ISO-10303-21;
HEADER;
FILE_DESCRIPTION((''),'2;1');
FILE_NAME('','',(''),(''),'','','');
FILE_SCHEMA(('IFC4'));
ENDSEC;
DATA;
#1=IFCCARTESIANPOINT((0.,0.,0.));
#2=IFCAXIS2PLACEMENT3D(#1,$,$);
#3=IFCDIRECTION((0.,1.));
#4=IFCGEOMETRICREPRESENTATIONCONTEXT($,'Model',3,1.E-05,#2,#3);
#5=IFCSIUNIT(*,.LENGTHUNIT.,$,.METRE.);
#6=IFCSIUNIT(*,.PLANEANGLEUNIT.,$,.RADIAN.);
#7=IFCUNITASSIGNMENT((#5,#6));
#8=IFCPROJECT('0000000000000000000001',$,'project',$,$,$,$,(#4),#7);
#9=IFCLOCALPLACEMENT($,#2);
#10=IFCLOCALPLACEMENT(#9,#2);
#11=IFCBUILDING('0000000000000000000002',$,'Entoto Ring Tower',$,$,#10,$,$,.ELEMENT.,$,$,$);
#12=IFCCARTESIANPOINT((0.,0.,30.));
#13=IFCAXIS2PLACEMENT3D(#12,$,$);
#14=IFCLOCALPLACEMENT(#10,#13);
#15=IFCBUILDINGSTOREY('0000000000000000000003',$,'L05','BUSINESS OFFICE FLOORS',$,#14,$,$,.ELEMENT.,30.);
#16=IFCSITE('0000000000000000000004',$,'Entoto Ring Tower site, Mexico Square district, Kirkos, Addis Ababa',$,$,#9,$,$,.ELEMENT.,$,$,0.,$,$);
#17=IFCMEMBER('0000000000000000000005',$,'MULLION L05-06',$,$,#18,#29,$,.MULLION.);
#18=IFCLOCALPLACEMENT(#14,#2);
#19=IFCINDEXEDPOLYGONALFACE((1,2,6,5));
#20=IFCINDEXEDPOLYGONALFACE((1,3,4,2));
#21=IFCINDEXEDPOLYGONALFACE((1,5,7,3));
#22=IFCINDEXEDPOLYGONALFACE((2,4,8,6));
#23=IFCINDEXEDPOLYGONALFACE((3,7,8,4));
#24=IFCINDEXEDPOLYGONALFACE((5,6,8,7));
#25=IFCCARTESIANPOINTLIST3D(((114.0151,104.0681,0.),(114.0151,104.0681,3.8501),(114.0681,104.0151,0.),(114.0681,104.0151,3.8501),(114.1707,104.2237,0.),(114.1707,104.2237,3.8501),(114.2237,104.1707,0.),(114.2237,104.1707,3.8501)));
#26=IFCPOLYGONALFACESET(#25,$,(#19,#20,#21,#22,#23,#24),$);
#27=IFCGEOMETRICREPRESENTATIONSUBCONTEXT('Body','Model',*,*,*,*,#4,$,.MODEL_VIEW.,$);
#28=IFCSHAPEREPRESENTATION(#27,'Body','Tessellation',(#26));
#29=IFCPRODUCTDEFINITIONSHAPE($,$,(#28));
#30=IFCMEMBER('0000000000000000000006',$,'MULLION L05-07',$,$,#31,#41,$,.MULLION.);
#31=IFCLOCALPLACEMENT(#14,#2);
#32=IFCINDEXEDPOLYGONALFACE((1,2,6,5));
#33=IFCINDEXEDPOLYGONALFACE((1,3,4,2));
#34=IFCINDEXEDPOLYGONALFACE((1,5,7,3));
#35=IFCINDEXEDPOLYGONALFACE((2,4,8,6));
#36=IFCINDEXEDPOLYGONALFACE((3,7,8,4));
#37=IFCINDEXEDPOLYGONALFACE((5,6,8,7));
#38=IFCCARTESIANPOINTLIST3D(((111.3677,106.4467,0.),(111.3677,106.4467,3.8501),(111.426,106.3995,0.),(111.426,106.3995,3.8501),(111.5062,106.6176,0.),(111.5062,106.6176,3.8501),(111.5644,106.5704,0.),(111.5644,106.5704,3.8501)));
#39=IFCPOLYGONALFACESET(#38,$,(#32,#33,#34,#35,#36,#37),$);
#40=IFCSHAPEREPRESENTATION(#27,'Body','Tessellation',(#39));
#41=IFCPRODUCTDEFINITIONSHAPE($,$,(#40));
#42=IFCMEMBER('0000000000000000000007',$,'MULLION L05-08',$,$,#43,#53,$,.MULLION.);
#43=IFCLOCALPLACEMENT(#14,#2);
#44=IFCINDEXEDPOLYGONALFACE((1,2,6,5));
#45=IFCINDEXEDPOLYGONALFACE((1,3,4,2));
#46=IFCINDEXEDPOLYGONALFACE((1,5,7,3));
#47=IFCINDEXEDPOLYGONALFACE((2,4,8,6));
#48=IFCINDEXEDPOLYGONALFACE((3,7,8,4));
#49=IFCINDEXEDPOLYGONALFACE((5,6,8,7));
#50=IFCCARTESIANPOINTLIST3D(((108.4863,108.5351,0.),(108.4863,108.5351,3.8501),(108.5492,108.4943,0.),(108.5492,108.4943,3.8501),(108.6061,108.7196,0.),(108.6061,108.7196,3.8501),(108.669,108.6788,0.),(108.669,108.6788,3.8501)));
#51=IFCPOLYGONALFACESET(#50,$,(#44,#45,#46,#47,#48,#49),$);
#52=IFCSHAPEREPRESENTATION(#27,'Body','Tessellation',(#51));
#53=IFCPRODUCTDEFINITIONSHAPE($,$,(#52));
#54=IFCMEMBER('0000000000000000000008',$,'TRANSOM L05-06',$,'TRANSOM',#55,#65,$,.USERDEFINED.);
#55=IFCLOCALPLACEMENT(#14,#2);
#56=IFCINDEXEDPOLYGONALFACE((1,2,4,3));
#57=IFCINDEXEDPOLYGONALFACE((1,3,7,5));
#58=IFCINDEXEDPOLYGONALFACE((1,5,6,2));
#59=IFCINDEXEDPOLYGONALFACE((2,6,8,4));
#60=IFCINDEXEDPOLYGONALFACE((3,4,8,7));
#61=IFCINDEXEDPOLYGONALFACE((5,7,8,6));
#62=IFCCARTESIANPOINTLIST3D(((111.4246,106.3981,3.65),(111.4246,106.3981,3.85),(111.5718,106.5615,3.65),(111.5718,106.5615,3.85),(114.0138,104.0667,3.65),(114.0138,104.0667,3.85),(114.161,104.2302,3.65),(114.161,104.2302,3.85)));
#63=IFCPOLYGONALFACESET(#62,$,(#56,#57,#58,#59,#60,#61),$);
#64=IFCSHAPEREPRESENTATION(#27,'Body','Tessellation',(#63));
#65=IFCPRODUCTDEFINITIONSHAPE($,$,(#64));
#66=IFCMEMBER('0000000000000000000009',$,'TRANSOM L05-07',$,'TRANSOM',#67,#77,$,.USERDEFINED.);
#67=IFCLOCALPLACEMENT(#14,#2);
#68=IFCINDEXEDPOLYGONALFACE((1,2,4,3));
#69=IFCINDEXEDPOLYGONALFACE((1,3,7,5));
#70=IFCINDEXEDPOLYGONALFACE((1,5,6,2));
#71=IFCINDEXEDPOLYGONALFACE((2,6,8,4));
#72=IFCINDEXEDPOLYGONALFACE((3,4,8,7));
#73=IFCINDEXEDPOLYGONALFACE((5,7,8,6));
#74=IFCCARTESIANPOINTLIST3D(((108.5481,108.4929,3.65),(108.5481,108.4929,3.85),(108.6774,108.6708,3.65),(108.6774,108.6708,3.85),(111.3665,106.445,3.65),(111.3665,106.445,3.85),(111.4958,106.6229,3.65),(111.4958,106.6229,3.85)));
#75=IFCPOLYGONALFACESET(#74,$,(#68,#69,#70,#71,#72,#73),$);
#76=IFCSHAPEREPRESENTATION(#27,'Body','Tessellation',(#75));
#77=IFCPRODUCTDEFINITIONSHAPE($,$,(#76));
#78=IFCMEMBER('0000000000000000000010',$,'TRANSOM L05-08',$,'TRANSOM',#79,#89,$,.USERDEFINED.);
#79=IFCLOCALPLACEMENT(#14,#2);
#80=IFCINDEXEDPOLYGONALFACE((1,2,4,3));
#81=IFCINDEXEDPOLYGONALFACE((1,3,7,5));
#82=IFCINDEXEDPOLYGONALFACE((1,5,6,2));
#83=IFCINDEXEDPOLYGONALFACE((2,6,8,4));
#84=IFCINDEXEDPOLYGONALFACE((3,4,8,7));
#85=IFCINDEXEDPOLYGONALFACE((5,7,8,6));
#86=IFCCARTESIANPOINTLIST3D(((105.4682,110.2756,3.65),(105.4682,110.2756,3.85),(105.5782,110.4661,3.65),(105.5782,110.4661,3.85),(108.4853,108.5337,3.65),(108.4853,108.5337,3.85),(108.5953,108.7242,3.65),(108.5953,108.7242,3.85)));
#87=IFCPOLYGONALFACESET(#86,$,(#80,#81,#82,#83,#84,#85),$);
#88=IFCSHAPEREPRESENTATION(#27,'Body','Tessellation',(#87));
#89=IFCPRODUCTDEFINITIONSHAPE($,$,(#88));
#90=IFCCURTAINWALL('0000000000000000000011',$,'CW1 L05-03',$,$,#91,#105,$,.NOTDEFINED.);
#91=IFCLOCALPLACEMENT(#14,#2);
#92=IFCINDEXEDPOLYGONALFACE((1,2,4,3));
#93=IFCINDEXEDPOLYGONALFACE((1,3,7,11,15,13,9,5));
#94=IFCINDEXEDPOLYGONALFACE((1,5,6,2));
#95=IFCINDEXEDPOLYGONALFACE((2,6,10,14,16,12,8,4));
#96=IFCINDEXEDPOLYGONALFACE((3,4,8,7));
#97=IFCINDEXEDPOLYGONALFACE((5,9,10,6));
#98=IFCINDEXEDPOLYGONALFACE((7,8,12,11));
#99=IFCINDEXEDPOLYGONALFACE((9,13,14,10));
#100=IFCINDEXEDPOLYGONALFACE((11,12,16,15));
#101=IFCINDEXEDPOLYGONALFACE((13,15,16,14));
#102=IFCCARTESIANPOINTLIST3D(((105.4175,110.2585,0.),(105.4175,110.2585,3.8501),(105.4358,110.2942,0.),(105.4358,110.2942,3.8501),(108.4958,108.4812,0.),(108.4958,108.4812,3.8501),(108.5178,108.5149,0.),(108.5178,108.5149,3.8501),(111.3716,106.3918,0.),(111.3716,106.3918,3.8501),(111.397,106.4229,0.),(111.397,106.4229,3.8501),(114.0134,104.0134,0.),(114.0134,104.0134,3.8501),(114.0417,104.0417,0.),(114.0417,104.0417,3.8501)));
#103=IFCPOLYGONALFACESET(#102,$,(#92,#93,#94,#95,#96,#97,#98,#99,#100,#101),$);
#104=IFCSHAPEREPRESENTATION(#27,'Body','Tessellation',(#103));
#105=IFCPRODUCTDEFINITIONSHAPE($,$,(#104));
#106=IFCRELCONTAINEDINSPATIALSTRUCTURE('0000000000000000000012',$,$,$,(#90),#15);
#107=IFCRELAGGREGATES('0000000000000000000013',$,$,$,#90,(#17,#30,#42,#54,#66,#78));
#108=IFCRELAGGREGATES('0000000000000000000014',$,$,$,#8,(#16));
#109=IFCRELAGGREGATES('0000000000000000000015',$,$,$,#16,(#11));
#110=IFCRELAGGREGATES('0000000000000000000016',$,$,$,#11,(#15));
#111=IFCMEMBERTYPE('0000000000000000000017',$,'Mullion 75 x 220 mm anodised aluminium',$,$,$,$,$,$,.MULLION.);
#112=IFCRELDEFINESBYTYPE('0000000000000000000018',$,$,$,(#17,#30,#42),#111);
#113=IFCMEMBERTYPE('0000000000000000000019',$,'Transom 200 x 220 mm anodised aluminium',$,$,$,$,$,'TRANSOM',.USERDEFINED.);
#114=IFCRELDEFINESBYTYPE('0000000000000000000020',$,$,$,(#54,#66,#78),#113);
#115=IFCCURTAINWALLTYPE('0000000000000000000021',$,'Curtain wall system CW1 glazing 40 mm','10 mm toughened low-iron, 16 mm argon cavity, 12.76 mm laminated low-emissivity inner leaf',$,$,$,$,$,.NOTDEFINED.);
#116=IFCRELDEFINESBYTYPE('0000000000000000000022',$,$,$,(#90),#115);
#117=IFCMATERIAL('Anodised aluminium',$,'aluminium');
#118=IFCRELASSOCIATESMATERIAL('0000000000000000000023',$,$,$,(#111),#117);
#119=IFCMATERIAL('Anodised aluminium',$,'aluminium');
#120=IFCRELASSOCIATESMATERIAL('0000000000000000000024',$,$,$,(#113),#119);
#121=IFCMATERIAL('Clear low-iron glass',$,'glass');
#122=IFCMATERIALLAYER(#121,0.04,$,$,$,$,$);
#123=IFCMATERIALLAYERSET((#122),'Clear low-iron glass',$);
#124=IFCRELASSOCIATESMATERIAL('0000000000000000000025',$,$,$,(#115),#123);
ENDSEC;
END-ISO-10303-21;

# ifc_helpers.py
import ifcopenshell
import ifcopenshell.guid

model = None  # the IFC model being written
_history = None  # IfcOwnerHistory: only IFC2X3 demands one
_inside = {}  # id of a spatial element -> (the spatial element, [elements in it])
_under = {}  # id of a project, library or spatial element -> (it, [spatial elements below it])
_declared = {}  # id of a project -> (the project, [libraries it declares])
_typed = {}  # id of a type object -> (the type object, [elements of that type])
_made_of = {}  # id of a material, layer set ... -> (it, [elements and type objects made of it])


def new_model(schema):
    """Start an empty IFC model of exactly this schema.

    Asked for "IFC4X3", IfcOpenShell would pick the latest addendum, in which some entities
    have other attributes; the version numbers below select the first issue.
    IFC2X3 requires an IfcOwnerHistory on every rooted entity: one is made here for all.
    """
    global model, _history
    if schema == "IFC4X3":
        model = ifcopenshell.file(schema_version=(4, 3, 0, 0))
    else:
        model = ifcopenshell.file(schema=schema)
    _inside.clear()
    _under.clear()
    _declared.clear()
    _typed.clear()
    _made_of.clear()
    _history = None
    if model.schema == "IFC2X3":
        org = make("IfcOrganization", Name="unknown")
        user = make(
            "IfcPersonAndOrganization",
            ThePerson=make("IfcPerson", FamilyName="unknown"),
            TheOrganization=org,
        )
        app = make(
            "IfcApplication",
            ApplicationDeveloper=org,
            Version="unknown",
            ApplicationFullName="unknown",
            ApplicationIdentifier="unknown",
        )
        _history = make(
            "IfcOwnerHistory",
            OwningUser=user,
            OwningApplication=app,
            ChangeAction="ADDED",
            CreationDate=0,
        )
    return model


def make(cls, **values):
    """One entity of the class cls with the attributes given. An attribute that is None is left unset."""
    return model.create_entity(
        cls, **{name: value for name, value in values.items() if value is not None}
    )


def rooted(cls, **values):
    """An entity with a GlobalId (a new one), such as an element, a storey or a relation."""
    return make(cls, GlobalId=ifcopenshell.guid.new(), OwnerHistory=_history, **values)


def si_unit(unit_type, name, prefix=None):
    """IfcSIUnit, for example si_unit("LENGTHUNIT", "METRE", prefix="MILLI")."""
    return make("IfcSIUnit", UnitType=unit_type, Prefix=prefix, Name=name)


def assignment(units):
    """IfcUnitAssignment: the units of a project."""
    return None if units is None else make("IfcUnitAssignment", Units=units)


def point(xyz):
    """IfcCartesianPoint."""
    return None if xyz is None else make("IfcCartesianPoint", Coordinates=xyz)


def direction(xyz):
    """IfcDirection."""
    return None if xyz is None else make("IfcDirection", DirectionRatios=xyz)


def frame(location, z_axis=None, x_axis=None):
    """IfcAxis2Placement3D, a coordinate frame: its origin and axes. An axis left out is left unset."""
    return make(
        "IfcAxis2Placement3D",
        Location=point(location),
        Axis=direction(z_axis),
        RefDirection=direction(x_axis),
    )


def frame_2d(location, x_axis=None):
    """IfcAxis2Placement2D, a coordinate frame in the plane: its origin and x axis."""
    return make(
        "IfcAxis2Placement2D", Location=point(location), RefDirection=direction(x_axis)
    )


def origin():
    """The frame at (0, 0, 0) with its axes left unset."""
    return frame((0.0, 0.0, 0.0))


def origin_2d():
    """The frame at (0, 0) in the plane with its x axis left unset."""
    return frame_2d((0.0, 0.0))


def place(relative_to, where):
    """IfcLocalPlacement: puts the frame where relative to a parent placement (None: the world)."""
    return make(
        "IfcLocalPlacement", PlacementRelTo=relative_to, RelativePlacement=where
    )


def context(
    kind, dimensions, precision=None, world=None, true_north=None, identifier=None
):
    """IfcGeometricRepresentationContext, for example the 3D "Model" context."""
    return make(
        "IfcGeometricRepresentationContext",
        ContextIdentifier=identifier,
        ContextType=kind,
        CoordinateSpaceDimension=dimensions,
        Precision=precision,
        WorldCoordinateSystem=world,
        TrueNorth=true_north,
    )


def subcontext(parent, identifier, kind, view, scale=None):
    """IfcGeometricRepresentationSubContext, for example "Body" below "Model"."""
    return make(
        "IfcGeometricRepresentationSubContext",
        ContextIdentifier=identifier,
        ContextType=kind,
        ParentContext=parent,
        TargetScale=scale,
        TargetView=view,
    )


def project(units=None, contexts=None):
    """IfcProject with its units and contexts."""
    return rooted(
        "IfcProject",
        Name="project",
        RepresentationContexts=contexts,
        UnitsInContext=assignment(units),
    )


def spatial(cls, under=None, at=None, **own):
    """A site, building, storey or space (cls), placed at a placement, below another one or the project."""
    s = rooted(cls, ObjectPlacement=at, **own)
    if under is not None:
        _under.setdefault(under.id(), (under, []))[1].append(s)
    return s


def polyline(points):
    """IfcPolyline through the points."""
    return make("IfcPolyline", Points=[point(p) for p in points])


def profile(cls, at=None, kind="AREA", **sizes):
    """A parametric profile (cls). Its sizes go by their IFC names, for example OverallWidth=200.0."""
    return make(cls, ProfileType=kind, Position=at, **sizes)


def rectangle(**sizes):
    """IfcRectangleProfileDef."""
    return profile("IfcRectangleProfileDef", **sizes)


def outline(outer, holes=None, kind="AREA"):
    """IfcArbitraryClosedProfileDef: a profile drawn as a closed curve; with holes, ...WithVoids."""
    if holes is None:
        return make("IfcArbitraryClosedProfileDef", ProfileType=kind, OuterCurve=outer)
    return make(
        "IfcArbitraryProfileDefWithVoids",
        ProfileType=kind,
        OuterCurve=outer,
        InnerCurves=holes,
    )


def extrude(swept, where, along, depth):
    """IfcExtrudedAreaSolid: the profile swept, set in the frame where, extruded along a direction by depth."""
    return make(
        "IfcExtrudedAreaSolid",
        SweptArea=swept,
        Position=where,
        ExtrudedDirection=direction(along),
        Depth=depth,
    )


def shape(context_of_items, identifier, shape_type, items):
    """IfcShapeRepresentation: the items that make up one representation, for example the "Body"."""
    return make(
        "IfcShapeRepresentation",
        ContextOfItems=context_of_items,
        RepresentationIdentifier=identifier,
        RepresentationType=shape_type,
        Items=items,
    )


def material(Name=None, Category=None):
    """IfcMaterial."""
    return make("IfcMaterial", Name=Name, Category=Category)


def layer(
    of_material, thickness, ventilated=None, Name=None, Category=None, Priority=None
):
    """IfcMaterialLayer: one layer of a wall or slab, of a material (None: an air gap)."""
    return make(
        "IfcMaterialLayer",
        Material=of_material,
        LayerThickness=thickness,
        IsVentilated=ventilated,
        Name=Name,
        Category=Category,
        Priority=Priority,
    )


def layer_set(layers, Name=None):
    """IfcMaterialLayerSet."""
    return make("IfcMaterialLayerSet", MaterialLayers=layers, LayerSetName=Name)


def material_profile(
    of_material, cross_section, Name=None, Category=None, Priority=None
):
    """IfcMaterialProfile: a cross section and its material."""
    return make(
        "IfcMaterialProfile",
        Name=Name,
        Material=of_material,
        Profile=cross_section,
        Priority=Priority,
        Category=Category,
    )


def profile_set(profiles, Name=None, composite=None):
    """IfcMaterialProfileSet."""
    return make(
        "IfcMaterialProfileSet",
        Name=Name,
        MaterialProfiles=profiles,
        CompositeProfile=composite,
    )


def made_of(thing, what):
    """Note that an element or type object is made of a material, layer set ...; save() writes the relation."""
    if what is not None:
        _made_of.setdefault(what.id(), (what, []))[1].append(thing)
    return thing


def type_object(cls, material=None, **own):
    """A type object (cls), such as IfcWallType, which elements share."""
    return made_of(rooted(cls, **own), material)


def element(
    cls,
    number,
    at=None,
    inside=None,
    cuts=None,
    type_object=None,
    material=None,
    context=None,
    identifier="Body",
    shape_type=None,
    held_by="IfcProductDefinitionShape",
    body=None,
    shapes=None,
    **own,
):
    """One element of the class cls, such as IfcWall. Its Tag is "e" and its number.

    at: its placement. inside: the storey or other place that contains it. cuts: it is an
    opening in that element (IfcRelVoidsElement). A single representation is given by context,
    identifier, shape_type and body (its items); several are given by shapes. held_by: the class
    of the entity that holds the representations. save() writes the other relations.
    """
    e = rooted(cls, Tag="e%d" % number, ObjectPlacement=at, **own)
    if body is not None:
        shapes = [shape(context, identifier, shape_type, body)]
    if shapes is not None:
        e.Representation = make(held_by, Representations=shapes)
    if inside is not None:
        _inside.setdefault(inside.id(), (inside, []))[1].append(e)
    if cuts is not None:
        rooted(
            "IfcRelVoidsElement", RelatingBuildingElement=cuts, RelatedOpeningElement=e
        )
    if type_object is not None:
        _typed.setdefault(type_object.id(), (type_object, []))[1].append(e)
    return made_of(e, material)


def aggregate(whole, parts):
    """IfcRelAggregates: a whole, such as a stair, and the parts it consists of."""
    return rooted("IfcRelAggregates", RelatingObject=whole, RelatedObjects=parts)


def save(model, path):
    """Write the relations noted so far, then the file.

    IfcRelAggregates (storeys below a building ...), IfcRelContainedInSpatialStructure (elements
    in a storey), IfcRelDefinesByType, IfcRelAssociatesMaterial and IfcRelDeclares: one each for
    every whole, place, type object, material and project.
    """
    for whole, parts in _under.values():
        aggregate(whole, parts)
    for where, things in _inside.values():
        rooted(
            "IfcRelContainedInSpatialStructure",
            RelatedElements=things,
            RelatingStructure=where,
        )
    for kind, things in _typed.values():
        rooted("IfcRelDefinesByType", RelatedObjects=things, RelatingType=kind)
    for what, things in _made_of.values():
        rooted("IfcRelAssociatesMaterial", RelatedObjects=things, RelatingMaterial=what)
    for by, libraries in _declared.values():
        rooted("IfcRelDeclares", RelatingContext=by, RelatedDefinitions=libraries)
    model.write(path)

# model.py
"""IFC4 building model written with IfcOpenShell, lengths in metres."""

from ifc_helpers import new_model, si_unit, direction, frame, origin, origin_2d, place, context, subcontext, project, spatial, polyline, rectangle, outline, extrude, material, layer, layer_set, material_profile, profile_set, type_object, element, aggregate, save


model = new_model("IFC4")

# Units and contexts
model_context = context("Model", 3, precision=1e-05, world=origin(), true_north=direction((0.0, 1.0)))
body_context = subcontext(model_context, "Body", "Model", "MODEL_VIEW")
ifc_project = project(units=[si_unit("LENGTHUNIT", "METRE"), si_unit("PLANEANGLEUNIT", "RADIAN")], contexts=[model_context])

# Members
ifc_material_1 = material(Name="Anodised aluminium", Category="aluminium")
ifc_material_profile_1 = material_profile(ifc_material_1, rectangle(XDim=0.075, YDim=0.22, at=origin_2d()), Name="Mullion 75 x 220 mm anodised aluminium")
ifc_profile_set_1 = profile_set([ifc_material_profile_1], Name="Anodised aluminium")
member_type_1 = type_object("IfcMemberType", Name="Mullion 75 x 220 mm anodised aluminium", PredefinedType="MULLION", material=ifc_profile_set_1)
site_placement = place(None, origin())
building_placement = place(site_placement, origin())
storey_placement = place(building_placement, frame((0.0, 0.0, 30.0)))
member_1_placement = place(storey_placement, frame((114.1194, 104.1194, 0.0), z_axis=(0.0, 0.0, 1.0), x_axis=(-0.707107, 0.707107, 0.0)))
member_1 = element("IfcMember", 1, at=member_1_placement, type_object=member_type_1, Name="MULLION L05-06", PredefinedType="MULLION", context=body_context, shape_type="SweptSolid", body=[
    extrude(rectangle(XDim=0.075, YDim=0.22, at=origin_2d()), origin(), (0.0, 0.0, 1.0), 3.8501),
])
member_2_placement = place(storey_placement, frame((111.4661, 106.5085, 0.0), z_axis=(0.0, 0.0, 1.0), x_axis=(-0.777146, 0.62932, 0.0)))
member_2 = element("IfcMember", 2, at=member_2_placement, type_object=member_type_1, Name="MULLION L05-07", PredefinedType="MULLION", context=body_context, shape_type="SweptSolid", body=[
    extrude(rectangle(XDim=0.075, YDim=0.22, at=origin_2d()), origin(), (0.0, 0.0, 1.0), 3.8501),
])
member_3_placement = place(storey_placement, frame((108.5776, 108.6069, 0.0), z_axis=(0.0, 0.0, 1.0), x_axis=(-0.838671, 0.544639, 0.0)))
member_3 = element("IfcMember", 3, at=member_3_placement, type_object=member_type_1, Name="MULLION L05-08", PredefinedType="MULLION", context=body_context, shape_type="SweptSolid", body=[
    extrude(rectangle(XDim=0.075, YDim=0.22, at=origin_2d()), origin(), (0.0, 0.0, 1.0), 3.8501),
])
ifc_material_2 = material(Name="Anodised aluminium", Category="aluminium")
ifc_material_profile_2 = material_profile(ifc_material_2, rectangle(XDim=0.22, YDim=0.2, at=origin_2d()), Name="Transom 200 x 220 mm anodised aluminium")
ifc_profile_set_2 = profile_set([ifc_material_profile_2], Name="Anodised aluminium")
member_type_2 = type_object("IfcMemberType", Name="Transom 200 x 220 mm anodised aluminium", ElementType="TRANSOM", PredefinedType="USERDEFINED", material=ifc_profile_set_2)
member_4_placement = place(storey_placement, frame((114.0874, 104.1484, 3.75), z_axis=(-0.743137, 0.669139, 0.0), x_axis=(-0.669139, -0.743137, 0.0)))
member_4 = element("IfcMember", 4, at=member_4_placement, type_object=member_type_2, Name="TRANSOM L05-06", ObjectType="TRANSOM", PredefinedType="USERDEFINED", context=body_context, shape_type="SweptSolid", body=[
    extrude(rectangle(XDim=0.22, YDim=0.2, at=origin_2d()), origin(), (0.0, 0.0, 1.0), 3.4841),
])
member_5_placement = place(storey_placement, frame((111.4312, 106.5339, 3.75), z_axis=(-0.808991, 0.587822, 0.0), x_axis=(-0.587822, -0.808991, 0.0)))
member_5 = element("IfcMember", 5, at=member_5_placement, type_object=member_type_2, Name="TRANSOM L05-07", ObjectType="TRANSOM", PredefinedType="USERDEFINED", context=body_context, shape_type="SweptSolid", body=[
    extrude(rectangle(XDim=0.22, YDim=0.2, at=origin_2d()), origin(), (0.0, 0.0, 1.0), 3.4839),
])
member_6_placement = place(storey_placement, frame((108.5403, 108.6289, 3.75), z_axis=(-0.866022, 0.500006, 0.0), x_axis=(-0.500006, -0.866022, 0.0)))
member_6 = element("IfcMember", 6, at=member_6_placement, type_object=member_type_2, Name="TRANSOM L05-08", ObjectType="TRANSOM", PredefinedType="USERDEFINED", context=body_context, shape_type="SweptSolid", body=[
    extrude(rectangle(XDim=0.22, YDim=0.2, at=origin_2d()), origin(), (0.0, 0.0, 1.0), 3.4839),
])

# Site, building, storey
site = spatial("IfcSite", under=ifc_project, at=site_placement, Name="Entoto Ring Tower site, Mexico Square district, Kirkos, Addis Ababa", CompositionType="ELEMENT", RefElevation=0.0)
building = spatial("IfcBuilding", under=site, at=building_placement, Name="Entoto Ring Tower", CompositionType="ELEMENT")
storey = spatial("IfcBuildingStorey", under=building, at=storey_placement, Name="L05", Description="BUSINESS OFFICE FLOORS", CompositionType="ELEMENT", Elevation=30.0)

# Curtain wall
ifc_material_3 = material(Name="Clear low-iron glass", Category="glass")
ifc_layer = layer(ifc_material_3, 0.04)
ifc_layer_set = layer_set([ifc_layer], Name="Clear low-iron glass")
curtain_wall_type = type_object("IfcCurtainWallType", Name="Curtain wall system CW1 glazing 40 mm", Description="10 mm toughened low-iron, 16 mm argon cavity, 12.76 mm laminated low-emissivity inner leaf", PredefinedType="NOTDEFINED", material=ifc_layer_set)
curtain_wall_1_placement = place(storey_placement, origin())
curtain_wall_1 = element("IfcCurtainWall", 7, at=curtain_wall_1_placement, inside=storey, type_object=curtain_wall_type, Name="CW1 L05-03", PredefinedType="NOTDEFINED", context=body_context, shape_type="SweptSolid", body=[
    extrude(outline(polyline([(114.0417, 104.0417), (111.397, 106.4229), (108.5178, 108.5149), (105.4358, 110.2942), (105.4175, 110.2585), (108.4958, 108.4812), (111.3716, 106.3918), (114.0134, 104.0134), (114.0417, 104.0417)])), origin(), (0.0, 0.0, 1.0), 3.8501),
])
aggregate(curtain_wall_1, [member_1, member_2, member_3, member_4, member_5, member_6])

save(model, "model.ifc")
